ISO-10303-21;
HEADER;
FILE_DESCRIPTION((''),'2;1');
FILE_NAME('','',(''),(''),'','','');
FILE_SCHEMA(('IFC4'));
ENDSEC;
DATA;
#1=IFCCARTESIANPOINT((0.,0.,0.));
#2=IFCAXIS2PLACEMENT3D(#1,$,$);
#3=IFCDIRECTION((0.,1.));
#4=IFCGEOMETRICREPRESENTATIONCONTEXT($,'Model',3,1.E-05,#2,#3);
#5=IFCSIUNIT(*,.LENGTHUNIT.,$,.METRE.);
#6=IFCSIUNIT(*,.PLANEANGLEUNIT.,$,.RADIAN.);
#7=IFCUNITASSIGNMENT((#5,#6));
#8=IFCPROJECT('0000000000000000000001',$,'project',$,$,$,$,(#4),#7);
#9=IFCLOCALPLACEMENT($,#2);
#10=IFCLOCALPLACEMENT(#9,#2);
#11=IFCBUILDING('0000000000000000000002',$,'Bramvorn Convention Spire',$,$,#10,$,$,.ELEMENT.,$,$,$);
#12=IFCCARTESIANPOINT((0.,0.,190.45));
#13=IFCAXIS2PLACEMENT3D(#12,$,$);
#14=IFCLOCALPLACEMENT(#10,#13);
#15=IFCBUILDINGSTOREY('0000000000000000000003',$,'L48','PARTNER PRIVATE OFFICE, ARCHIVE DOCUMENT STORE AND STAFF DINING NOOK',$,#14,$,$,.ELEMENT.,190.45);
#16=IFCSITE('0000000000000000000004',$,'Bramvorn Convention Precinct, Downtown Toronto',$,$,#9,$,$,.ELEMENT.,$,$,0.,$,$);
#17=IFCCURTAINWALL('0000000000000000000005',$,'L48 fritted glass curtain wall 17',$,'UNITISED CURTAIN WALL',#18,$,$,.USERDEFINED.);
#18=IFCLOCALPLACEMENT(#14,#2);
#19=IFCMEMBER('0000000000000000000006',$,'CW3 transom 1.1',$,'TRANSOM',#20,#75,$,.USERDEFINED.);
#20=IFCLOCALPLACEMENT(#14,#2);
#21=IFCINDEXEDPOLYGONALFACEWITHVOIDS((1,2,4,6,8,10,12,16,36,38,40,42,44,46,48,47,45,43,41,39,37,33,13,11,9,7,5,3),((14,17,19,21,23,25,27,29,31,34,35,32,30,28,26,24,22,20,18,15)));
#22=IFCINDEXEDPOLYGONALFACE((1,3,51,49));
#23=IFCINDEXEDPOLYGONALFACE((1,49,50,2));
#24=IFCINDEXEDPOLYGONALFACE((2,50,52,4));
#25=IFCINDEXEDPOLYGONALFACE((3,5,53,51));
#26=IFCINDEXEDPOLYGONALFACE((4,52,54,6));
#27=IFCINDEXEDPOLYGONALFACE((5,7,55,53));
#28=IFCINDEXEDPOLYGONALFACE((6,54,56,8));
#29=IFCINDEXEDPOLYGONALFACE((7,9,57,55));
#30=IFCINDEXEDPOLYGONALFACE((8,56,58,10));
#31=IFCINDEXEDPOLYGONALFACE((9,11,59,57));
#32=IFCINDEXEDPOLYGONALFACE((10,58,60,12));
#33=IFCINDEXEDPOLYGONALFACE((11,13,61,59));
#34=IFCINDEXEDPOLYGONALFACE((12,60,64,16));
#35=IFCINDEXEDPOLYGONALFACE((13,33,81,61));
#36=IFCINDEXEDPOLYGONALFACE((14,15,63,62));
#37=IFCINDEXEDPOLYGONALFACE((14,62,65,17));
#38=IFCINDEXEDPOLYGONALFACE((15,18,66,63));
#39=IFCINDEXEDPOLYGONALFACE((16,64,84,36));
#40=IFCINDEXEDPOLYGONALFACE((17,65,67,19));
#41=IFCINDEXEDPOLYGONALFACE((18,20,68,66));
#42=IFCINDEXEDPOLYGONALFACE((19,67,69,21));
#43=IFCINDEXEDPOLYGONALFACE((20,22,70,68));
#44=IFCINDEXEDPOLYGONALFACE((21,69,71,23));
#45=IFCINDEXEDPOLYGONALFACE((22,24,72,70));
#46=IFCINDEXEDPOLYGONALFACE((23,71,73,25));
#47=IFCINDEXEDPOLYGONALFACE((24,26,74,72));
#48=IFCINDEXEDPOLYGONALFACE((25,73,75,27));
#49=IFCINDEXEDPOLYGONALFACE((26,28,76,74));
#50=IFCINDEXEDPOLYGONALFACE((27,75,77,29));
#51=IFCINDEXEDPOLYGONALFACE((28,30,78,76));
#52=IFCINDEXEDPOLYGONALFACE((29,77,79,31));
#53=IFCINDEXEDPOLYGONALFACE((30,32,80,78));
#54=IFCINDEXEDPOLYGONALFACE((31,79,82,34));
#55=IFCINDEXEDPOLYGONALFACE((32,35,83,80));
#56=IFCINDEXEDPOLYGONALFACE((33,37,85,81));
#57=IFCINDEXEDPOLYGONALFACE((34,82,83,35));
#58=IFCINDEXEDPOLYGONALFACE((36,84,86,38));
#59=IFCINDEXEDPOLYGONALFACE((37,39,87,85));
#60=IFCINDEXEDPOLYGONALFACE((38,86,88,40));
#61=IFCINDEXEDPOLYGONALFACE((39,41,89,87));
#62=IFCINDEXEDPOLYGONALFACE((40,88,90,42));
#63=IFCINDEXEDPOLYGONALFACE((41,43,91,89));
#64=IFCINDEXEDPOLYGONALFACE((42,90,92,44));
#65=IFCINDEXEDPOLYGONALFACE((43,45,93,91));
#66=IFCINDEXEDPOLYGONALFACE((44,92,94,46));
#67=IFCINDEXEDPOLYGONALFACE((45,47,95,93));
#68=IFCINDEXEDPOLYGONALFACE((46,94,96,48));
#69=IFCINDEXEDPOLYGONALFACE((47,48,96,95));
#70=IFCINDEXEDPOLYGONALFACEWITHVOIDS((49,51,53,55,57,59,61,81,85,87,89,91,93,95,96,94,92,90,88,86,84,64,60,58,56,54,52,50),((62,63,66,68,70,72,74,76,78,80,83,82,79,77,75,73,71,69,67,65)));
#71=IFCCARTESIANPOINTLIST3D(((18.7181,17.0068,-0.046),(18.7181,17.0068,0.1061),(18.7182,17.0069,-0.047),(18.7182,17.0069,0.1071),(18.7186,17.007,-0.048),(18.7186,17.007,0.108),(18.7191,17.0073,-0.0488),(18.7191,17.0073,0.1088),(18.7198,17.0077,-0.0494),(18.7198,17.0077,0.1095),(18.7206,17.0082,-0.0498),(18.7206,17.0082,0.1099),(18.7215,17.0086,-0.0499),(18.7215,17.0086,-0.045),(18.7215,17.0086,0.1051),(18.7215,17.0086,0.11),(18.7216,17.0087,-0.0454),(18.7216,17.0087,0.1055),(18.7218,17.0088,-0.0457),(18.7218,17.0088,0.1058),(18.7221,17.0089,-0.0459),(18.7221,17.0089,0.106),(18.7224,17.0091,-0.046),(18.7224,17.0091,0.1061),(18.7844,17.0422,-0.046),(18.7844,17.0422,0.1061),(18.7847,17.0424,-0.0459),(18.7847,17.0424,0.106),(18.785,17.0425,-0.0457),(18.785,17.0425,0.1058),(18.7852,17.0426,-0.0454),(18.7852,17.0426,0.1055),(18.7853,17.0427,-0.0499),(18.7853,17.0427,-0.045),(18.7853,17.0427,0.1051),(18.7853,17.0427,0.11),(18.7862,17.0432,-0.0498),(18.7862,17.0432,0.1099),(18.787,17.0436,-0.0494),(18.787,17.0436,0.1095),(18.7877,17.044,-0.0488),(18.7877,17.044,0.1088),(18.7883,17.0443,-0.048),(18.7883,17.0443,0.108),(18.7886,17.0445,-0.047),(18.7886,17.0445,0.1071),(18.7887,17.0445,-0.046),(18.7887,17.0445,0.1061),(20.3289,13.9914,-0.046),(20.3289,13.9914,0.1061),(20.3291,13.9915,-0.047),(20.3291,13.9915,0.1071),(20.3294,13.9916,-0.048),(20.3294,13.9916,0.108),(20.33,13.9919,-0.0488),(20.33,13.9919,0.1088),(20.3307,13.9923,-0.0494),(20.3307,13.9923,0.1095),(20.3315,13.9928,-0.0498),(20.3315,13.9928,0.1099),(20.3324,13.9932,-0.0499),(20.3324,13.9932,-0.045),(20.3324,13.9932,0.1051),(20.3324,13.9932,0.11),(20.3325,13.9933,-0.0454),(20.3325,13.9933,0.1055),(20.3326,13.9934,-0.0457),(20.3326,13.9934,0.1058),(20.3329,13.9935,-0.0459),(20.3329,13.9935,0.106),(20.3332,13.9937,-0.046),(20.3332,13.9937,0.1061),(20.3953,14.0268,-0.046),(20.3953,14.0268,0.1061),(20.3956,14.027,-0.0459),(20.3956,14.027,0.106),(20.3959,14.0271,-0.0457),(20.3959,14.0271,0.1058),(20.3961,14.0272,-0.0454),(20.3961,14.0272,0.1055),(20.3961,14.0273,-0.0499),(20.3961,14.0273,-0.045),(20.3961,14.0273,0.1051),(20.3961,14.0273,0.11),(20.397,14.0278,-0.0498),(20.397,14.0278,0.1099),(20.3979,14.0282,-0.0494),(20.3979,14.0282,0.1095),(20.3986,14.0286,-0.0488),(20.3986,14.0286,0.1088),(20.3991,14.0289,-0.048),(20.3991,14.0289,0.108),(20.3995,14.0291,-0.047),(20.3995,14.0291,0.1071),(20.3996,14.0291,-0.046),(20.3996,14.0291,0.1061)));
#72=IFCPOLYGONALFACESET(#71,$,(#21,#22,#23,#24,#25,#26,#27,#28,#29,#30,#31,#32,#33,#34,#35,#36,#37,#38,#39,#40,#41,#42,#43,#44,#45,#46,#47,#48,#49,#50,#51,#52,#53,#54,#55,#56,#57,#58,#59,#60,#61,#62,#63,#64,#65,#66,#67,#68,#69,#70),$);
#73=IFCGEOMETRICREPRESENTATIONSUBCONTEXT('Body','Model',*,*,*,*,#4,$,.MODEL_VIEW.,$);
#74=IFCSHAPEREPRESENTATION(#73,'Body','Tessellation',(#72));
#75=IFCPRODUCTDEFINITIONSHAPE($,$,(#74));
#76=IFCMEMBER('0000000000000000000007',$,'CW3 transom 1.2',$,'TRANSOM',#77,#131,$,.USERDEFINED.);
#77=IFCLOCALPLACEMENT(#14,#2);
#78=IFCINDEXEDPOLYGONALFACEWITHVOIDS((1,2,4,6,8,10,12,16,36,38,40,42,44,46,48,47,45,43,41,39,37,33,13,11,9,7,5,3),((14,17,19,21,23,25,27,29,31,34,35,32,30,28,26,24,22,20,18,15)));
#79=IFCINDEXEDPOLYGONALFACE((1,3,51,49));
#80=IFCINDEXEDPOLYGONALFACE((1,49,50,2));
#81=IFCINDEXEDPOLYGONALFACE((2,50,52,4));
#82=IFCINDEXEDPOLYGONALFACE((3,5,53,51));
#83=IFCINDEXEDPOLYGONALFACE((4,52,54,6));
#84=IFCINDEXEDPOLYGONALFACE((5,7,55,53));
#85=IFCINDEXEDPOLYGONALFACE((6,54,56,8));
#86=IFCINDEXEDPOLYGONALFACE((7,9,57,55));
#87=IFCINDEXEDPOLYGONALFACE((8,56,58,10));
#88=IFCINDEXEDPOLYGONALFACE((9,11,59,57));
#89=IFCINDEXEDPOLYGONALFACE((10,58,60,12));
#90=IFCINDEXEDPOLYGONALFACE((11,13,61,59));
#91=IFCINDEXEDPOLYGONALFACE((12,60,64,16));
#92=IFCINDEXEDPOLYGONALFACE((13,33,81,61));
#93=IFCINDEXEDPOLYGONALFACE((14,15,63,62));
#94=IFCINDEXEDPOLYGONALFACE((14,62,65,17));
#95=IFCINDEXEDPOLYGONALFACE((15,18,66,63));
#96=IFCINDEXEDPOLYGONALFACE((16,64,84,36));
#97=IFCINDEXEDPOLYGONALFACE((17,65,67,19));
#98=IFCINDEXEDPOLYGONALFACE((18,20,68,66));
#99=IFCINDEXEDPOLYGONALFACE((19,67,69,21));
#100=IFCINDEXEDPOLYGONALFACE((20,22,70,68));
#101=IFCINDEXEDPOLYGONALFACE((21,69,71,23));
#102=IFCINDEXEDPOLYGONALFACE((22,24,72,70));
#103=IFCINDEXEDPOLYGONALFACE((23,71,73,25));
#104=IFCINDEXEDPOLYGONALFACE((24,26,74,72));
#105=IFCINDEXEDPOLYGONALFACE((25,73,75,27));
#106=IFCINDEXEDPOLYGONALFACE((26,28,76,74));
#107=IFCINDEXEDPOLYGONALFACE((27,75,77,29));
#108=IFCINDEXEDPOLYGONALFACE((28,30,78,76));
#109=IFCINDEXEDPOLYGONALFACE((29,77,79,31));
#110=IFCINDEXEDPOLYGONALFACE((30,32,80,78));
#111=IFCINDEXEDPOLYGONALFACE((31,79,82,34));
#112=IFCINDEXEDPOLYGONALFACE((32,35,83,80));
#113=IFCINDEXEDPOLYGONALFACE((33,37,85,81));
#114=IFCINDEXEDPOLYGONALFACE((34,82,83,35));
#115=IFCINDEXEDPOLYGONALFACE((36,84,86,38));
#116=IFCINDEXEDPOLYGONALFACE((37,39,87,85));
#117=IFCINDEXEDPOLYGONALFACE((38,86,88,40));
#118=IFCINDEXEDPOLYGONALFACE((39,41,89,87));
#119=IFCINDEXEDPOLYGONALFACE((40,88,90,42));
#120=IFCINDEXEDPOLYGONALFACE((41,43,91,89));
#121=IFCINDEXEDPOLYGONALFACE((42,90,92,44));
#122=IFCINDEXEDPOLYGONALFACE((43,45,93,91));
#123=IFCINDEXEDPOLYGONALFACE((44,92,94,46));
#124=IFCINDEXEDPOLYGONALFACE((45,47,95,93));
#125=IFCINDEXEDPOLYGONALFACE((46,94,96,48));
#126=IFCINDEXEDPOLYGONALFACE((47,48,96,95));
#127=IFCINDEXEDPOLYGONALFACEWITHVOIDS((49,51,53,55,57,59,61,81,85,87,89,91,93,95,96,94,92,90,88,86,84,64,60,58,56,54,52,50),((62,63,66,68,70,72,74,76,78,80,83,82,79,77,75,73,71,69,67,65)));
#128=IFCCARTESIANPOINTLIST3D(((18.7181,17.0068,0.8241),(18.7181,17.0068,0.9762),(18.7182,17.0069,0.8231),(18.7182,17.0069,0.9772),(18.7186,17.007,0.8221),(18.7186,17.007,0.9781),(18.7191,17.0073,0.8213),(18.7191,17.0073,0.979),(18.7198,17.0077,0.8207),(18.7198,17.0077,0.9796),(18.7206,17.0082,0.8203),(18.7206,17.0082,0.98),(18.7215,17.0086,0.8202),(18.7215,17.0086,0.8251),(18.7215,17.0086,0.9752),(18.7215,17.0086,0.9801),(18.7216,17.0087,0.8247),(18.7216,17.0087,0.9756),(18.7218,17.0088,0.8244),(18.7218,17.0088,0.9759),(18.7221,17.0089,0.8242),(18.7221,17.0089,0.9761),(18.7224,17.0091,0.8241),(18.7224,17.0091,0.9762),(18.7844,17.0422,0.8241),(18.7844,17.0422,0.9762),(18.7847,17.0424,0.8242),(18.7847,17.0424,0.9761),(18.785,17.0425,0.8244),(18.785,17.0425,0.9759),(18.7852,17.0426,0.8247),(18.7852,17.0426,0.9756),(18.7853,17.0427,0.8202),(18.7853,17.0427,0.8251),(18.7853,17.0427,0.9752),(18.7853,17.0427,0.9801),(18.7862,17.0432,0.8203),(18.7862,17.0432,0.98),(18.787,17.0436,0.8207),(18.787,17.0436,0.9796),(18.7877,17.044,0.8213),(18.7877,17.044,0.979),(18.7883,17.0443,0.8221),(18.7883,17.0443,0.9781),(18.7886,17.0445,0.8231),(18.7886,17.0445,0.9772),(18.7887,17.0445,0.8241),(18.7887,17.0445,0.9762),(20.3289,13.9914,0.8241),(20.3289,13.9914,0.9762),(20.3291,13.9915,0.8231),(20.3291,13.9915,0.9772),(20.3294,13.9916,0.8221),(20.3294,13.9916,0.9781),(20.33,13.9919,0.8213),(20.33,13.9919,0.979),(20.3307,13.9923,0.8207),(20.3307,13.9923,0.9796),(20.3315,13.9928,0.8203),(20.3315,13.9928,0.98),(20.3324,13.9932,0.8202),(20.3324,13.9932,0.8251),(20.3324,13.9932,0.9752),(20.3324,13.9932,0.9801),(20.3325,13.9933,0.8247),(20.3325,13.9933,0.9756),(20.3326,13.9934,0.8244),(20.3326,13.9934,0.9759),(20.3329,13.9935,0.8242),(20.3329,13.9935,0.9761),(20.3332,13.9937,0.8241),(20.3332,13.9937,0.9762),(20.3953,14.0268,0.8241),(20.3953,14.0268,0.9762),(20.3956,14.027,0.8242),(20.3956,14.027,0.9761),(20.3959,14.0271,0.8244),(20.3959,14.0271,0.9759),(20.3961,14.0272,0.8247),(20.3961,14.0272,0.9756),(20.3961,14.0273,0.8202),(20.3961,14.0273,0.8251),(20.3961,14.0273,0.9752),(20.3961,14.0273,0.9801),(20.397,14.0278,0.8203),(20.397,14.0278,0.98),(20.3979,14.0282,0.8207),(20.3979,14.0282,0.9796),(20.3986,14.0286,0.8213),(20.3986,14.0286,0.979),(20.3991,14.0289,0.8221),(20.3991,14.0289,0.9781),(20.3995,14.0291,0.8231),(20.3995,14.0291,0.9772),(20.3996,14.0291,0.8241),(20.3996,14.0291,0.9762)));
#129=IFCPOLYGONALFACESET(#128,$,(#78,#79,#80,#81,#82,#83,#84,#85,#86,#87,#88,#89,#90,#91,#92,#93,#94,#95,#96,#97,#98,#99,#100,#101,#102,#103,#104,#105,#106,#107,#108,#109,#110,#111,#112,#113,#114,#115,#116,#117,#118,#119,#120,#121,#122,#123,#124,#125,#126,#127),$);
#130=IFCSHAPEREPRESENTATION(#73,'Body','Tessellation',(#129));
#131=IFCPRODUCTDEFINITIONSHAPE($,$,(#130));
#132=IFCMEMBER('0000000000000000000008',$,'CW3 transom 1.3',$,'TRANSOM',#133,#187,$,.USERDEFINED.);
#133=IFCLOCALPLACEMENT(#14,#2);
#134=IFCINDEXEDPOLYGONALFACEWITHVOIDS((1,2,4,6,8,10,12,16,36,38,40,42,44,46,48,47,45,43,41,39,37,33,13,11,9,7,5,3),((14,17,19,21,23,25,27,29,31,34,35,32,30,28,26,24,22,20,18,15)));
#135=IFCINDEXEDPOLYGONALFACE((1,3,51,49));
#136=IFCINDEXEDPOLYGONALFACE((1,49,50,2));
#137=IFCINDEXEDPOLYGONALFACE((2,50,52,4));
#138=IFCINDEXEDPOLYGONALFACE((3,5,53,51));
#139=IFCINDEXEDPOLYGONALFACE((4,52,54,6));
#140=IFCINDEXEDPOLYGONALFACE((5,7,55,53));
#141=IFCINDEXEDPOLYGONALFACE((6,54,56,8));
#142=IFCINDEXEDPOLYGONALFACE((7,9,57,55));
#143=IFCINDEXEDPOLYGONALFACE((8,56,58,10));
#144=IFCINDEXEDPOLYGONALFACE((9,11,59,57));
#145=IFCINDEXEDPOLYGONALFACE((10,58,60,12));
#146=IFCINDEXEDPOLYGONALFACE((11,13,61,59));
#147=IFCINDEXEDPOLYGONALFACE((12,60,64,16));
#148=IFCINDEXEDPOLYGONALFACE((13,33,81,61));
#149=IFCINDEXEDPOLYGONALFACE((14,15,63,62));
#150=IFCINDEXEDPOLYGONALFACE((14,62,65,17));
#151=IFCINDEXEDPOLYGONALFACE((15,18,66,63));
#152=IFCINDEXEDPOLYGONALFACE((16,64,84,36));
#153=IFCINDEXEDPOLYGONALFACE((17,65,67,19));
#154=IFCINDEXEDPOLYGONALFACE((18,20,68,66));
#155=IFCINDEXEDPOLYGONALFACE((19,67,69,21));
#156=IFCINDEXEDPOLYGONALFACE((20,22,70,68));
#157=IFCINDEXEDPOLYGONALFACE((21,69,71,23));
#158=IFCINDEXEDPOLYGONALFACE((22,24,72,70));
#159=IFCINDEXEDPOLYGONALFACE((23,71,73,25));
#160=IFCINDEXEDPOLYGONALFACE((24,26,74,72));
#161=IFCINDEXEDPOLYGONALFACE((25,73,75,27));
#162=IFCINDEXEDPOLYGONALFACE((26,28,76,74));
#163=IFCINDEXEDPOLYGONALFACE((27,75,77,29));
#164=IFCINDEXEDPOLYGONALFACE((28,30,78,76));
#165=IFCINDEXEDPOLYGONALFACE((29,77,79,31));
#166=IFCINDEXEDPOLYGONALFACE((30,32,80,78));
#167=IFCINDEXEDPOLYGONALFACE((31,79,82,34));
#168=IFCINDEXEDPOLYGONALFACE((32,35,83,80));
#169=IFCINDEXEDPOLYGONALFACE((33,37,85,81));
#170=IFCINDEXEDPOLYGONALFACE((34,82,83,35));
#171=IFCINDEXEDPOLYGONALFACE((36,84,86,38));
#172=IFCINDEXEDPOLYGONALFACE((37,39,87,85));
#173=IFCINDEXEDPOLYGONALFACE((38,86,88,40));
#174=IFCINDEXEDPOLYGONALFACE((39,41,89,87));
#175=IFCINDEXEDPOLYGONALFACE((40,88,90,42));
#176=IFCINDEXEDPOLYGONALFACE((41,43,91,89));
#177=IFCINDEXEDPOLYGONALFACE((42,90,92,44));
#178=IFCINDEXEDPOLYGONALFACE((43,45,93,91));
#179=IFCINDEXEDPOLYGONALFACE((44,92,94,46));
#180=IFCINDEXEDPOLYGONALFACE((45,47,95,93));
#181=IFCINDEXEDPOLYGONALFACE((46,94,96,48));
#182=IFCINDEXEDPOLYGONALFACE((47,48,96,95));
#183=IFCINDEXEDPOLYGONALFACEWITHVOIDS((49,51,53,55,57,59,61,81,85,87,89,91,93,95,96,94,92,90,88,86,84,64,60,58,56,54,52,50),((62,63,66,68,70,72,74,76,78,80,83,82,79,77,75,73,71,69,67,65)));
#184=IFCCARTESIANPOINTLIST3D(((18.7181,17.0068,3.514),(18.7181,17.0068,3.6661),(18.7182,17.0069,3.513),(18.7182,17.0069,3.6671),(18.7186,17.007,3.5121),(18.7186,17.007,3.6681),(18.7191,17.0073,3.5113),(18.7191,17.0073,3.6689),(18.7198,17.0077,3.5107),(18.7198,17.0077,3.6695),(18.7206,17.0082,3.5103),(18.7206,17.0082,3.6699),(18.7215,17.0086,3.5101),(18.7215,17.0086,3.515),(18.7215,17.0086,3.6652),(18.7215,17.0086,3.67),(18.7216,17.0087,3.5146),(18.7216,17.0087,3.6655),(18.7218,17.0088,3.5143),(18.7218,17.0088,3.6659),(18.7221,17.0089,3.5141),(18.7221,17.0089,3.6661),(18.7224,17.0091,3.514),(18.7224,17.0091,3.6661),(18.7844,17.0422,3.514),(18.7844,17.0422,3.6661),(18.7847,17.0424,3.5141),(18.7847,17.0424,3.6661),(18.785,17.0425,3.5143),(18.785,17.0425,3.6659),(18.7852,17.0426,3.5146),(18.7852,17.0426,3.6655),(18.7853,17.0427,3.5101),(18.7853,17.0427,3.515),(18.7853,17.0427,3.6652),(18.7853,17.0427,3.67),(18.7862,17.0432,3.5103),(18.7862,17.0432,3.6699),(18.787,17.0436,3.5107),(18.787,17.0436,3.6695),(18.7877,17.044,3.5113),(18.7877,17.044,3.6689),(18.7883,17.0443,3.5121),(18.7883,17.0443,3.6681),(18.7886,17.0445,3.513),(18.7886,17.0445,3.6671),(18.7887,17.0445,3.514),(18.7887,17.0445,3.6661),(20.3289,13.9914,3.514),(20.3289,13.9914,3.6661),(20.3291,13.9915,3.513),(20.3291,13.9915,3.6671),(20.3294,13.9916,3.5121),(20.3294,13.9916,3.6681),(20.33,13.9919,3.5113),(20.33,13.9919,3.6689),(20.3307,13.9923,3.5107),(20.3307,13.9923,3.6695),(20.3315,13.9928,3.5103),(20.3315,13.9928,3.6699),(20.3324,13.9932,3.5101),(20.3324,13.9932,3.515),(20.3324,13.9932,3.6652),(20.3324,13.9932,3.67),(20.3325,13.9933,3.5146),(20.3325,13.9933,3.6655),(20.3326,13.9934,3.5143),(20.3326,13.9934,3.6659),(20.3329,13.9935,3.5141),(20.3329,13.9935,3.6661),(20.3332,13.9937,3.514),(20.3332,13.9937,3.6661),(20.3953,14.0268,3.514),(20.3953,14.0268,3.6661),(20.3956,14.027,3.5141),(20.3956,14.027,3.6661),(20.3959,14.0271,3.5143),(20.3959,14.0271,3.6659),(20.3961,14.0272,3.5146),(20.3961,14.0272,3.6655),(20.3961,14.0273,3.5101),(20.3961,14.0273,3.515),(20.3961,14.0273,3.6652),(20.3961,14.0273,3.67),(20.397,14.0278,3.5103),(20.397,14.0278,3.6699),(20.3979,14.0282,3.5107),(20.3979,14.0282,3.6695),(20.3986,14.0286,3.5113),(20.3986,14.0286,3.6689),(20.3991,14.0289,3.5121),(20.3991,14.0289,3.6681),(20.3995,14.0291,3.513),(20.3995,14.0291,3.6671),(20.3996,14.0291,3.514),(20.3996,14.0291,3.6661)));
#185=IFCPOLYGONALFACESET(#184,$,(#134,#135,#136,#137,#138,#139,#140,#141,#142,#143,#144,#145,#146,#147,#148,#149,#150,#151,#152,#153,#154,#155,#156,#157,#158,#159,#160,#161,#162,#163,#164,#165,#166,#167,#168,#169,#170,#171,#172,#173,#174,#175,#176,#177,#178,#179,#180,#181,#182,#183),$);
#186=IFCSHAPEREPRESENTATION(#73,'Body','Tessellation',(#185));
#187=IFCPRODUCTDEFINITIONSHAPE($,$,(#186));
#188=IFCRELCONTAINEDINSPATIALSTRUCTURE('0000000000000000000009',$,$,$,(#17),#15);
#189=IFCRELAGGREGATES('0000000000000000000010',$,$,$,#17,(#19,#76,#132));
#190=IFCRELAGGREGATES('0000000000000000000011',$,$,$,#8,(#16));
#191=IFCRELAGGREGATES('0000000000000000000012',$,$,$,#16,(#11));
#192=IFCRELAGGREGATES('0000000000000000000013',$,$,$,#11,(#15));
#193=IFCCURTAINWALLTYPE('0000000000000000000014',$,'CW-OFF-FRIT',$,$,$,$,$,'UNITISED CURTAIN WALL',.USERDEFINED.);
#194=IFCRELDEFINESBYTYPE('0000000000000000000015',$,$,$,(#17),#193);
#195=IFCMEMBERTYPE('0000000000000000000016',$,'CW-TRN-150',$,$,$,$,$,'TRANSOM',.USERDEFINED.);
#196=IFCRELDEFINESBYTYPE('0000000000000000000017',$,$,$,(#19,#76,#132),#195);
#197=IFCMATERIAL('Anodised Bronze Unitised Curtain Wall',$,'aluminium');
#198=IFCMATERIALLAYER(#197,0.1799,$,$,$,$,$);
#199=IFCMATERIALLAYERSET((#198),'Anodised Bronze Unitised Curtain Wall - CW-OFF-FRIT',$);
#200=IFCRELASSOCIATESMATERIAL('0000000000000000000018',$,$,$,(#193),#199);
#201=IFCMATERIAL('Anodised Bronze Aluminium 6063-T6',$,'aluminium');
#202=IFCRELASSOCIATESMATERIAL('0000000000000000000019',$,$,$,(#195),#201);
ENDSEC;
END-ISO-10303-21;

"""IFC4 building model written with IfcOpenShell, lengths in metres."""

from ifc_helpers import new_model, si_unit, direction, frame, origin, origin_2d, place, context, subcontext, project, spatial, hollow_rectangle, extrude, material, layer, layer_set, material_profile, profile_set, type_object, element, aggregate, save


model = new_model("IFC4")

# Units and contexts
model_context = context("Model", 3, precision=1e-05, world=origin(), true_north=direction((0.0, 1.0)))
body_context = subcontext(model_context, "Body", "Model", "MODEL_VIEW")
ifc_project = project(units=[si_unit("LENGTHUNIT", "METRE"), si_unit("PLANEANGLEUNIT", "RADIAN")], contexts=[model_context])

# Site, building, storey
site_placement = place(None, origin())
site = spatial("IfcSite", under=ifc_project, at=site_placement, Name="Bramvorn Convention Precinct, Downtown Toronto", CompositionType="ELEMENT", RefElevation=0.0)
building_placement = place(site_placement, origin())
building = spatial("IfcBuilding", under=site, at=building_placement, Name="Bramvorn Convention Spire", CompositionType="ELEMENT")
storey_placement = place(building_placement, frame((0.0, 0.0, 190.45)))
storey = spatial("IfcBuildingStorey", under=building, at=storey_placement, Name="L48", Description="PARTNER PRIVATE OFFICE, ARCHIVE DOCUMENT STORE AND STAFF DINING NOOK", CompositionType="ELEMENT", Elevation=190.45)

# Curtain wall, members
ifc_material_1 = material(Name="Anodised Bronze Unitised Curtain Wall", Category="aluminium")
ifc_layer_1 = layer(ifc_material_1, 0.1799)
ifc_layer_set_1 = layer_set([ifc_layer_1], Name="Anodised Bronze Unitised Curtain Wall - CW-OFF-FRIT")
curtain_wall_type = type_object("IfcCurtainWallType", Name="CW-OFF-FRIT", ElementType="UNITISED CURTAIN WALL", PredefinedType="USERDEFINED", material=ifc_layer_set_1)
curtain_wall_placement = place(storey_placement, origin())
curtain_wall = element("IfcCurtainWall", 1, at=curtain_wall_placement, inside=storey, type_object=curtain_wall_type, Name="L48 fritted glass curtain wall 17", ObjectType="UNITISED CURTAIN WALL", PredefinedType="USERDEFINED")
ifc_material_2 = material(Name="Anodised Bronze Aluminium 6063-T6", Category="aluminium")
ifc_material_profile_1 = material_profile(ifc_material_2, hollow_rectangle(XDim=0.0801, YDim=0.1599, WallThickness=0.0039, InnerFilletRadius=0.001, OuterFilletRadius=0.0039, at=origin_2d()))
ifc_profile_set_1 = profile_set([ifc_material_profile_1], Name="Anodised Bronze Aluminium 6063-T6 - CWT80X160")
member_type_1 = type_object("IfcMemberType", Name="CW-TRN-150", ElementType="TRANSOM", PredefinedType="USERDEFINED", material=ifc_profile_set_1)
member_1_placement = place(storey_placement, frame((20.3643, 14.0103, 0.03), z_axis=(-0.471189, 0.882032, 0.0), x_axis=(-0.882032, -0.471189, 0.0)))
member_1 = element("IfcMember", 2, at=member_1_placement, type_object=member_type_1, Name="CW3 transom 1.1", ObjectType="TRANSOM", PredefinedType="USERDEFINED", context=body_context, shape_type="SweptSolid", body=[
    extrude(hollow_rectangle(XDim=0.0801, YDim=0.1599, WallThickness=0.0039, InnerFilletRadius=0.001, OuterFilletRadius=0.0039, at=origin_2d()), origin(), (0.0, 0.0, 1.0), 3.4187),
])
member_2_placement = place(storey_placement, frame((20.3643, 14.0103, 0.9001), z_axis=(-0.471189, 0.882032, 0.0), x_axis=(-0.882032, -0.471189, 0.0)))
member_2 = element("IfcMember", 3, at=member_2_placement, type_object=member_type_1, Name="CW3 transom 1.2", ObjectType="TRANSOM", PredefinedType="USERDEFINED", context=body_context, shape_type="SweptSolid", body=[
    extrude(hollow_rectangle(XDim=0.0801, YDim=0.1599, WallThickness=0.0039, InnerFilletRadius=0.001, OuterFilletRadius=0.0039, at=origin_2d()), origin(), (0.0, 0.0, 1.0), 3.4187),
])
member_3_placement = place(storey_placement, frame((20.3643, 14.0103, 3.5901), z_axis=(-0.471189, 0.882032, 0.0), x_axis=(-0.882032, -0.471189, 0.0)))
member_3 = element("IfcMember", 4, at=member_3_placement, type_object=member_type_1, Name="CW3 transom 1.3", ObjectType="TRANSOM", PredefinedType="USERDEFINED", context=body_context, shape_type="SweptSolid", body=[
    extrude(hollow_rectangle(XDim=0.0801, YDim=0.1599, WallThickness=0.0039, InnerFilletRadius=0.001, OuterFilletRadius=0.0039, at=origin_2d()), origin(), (0.0, 0.0, 1.0), 3.4187),
])

aggregate(curtain_wall, [member_1, member_2, member_3])

save(model, "model.ifc")
